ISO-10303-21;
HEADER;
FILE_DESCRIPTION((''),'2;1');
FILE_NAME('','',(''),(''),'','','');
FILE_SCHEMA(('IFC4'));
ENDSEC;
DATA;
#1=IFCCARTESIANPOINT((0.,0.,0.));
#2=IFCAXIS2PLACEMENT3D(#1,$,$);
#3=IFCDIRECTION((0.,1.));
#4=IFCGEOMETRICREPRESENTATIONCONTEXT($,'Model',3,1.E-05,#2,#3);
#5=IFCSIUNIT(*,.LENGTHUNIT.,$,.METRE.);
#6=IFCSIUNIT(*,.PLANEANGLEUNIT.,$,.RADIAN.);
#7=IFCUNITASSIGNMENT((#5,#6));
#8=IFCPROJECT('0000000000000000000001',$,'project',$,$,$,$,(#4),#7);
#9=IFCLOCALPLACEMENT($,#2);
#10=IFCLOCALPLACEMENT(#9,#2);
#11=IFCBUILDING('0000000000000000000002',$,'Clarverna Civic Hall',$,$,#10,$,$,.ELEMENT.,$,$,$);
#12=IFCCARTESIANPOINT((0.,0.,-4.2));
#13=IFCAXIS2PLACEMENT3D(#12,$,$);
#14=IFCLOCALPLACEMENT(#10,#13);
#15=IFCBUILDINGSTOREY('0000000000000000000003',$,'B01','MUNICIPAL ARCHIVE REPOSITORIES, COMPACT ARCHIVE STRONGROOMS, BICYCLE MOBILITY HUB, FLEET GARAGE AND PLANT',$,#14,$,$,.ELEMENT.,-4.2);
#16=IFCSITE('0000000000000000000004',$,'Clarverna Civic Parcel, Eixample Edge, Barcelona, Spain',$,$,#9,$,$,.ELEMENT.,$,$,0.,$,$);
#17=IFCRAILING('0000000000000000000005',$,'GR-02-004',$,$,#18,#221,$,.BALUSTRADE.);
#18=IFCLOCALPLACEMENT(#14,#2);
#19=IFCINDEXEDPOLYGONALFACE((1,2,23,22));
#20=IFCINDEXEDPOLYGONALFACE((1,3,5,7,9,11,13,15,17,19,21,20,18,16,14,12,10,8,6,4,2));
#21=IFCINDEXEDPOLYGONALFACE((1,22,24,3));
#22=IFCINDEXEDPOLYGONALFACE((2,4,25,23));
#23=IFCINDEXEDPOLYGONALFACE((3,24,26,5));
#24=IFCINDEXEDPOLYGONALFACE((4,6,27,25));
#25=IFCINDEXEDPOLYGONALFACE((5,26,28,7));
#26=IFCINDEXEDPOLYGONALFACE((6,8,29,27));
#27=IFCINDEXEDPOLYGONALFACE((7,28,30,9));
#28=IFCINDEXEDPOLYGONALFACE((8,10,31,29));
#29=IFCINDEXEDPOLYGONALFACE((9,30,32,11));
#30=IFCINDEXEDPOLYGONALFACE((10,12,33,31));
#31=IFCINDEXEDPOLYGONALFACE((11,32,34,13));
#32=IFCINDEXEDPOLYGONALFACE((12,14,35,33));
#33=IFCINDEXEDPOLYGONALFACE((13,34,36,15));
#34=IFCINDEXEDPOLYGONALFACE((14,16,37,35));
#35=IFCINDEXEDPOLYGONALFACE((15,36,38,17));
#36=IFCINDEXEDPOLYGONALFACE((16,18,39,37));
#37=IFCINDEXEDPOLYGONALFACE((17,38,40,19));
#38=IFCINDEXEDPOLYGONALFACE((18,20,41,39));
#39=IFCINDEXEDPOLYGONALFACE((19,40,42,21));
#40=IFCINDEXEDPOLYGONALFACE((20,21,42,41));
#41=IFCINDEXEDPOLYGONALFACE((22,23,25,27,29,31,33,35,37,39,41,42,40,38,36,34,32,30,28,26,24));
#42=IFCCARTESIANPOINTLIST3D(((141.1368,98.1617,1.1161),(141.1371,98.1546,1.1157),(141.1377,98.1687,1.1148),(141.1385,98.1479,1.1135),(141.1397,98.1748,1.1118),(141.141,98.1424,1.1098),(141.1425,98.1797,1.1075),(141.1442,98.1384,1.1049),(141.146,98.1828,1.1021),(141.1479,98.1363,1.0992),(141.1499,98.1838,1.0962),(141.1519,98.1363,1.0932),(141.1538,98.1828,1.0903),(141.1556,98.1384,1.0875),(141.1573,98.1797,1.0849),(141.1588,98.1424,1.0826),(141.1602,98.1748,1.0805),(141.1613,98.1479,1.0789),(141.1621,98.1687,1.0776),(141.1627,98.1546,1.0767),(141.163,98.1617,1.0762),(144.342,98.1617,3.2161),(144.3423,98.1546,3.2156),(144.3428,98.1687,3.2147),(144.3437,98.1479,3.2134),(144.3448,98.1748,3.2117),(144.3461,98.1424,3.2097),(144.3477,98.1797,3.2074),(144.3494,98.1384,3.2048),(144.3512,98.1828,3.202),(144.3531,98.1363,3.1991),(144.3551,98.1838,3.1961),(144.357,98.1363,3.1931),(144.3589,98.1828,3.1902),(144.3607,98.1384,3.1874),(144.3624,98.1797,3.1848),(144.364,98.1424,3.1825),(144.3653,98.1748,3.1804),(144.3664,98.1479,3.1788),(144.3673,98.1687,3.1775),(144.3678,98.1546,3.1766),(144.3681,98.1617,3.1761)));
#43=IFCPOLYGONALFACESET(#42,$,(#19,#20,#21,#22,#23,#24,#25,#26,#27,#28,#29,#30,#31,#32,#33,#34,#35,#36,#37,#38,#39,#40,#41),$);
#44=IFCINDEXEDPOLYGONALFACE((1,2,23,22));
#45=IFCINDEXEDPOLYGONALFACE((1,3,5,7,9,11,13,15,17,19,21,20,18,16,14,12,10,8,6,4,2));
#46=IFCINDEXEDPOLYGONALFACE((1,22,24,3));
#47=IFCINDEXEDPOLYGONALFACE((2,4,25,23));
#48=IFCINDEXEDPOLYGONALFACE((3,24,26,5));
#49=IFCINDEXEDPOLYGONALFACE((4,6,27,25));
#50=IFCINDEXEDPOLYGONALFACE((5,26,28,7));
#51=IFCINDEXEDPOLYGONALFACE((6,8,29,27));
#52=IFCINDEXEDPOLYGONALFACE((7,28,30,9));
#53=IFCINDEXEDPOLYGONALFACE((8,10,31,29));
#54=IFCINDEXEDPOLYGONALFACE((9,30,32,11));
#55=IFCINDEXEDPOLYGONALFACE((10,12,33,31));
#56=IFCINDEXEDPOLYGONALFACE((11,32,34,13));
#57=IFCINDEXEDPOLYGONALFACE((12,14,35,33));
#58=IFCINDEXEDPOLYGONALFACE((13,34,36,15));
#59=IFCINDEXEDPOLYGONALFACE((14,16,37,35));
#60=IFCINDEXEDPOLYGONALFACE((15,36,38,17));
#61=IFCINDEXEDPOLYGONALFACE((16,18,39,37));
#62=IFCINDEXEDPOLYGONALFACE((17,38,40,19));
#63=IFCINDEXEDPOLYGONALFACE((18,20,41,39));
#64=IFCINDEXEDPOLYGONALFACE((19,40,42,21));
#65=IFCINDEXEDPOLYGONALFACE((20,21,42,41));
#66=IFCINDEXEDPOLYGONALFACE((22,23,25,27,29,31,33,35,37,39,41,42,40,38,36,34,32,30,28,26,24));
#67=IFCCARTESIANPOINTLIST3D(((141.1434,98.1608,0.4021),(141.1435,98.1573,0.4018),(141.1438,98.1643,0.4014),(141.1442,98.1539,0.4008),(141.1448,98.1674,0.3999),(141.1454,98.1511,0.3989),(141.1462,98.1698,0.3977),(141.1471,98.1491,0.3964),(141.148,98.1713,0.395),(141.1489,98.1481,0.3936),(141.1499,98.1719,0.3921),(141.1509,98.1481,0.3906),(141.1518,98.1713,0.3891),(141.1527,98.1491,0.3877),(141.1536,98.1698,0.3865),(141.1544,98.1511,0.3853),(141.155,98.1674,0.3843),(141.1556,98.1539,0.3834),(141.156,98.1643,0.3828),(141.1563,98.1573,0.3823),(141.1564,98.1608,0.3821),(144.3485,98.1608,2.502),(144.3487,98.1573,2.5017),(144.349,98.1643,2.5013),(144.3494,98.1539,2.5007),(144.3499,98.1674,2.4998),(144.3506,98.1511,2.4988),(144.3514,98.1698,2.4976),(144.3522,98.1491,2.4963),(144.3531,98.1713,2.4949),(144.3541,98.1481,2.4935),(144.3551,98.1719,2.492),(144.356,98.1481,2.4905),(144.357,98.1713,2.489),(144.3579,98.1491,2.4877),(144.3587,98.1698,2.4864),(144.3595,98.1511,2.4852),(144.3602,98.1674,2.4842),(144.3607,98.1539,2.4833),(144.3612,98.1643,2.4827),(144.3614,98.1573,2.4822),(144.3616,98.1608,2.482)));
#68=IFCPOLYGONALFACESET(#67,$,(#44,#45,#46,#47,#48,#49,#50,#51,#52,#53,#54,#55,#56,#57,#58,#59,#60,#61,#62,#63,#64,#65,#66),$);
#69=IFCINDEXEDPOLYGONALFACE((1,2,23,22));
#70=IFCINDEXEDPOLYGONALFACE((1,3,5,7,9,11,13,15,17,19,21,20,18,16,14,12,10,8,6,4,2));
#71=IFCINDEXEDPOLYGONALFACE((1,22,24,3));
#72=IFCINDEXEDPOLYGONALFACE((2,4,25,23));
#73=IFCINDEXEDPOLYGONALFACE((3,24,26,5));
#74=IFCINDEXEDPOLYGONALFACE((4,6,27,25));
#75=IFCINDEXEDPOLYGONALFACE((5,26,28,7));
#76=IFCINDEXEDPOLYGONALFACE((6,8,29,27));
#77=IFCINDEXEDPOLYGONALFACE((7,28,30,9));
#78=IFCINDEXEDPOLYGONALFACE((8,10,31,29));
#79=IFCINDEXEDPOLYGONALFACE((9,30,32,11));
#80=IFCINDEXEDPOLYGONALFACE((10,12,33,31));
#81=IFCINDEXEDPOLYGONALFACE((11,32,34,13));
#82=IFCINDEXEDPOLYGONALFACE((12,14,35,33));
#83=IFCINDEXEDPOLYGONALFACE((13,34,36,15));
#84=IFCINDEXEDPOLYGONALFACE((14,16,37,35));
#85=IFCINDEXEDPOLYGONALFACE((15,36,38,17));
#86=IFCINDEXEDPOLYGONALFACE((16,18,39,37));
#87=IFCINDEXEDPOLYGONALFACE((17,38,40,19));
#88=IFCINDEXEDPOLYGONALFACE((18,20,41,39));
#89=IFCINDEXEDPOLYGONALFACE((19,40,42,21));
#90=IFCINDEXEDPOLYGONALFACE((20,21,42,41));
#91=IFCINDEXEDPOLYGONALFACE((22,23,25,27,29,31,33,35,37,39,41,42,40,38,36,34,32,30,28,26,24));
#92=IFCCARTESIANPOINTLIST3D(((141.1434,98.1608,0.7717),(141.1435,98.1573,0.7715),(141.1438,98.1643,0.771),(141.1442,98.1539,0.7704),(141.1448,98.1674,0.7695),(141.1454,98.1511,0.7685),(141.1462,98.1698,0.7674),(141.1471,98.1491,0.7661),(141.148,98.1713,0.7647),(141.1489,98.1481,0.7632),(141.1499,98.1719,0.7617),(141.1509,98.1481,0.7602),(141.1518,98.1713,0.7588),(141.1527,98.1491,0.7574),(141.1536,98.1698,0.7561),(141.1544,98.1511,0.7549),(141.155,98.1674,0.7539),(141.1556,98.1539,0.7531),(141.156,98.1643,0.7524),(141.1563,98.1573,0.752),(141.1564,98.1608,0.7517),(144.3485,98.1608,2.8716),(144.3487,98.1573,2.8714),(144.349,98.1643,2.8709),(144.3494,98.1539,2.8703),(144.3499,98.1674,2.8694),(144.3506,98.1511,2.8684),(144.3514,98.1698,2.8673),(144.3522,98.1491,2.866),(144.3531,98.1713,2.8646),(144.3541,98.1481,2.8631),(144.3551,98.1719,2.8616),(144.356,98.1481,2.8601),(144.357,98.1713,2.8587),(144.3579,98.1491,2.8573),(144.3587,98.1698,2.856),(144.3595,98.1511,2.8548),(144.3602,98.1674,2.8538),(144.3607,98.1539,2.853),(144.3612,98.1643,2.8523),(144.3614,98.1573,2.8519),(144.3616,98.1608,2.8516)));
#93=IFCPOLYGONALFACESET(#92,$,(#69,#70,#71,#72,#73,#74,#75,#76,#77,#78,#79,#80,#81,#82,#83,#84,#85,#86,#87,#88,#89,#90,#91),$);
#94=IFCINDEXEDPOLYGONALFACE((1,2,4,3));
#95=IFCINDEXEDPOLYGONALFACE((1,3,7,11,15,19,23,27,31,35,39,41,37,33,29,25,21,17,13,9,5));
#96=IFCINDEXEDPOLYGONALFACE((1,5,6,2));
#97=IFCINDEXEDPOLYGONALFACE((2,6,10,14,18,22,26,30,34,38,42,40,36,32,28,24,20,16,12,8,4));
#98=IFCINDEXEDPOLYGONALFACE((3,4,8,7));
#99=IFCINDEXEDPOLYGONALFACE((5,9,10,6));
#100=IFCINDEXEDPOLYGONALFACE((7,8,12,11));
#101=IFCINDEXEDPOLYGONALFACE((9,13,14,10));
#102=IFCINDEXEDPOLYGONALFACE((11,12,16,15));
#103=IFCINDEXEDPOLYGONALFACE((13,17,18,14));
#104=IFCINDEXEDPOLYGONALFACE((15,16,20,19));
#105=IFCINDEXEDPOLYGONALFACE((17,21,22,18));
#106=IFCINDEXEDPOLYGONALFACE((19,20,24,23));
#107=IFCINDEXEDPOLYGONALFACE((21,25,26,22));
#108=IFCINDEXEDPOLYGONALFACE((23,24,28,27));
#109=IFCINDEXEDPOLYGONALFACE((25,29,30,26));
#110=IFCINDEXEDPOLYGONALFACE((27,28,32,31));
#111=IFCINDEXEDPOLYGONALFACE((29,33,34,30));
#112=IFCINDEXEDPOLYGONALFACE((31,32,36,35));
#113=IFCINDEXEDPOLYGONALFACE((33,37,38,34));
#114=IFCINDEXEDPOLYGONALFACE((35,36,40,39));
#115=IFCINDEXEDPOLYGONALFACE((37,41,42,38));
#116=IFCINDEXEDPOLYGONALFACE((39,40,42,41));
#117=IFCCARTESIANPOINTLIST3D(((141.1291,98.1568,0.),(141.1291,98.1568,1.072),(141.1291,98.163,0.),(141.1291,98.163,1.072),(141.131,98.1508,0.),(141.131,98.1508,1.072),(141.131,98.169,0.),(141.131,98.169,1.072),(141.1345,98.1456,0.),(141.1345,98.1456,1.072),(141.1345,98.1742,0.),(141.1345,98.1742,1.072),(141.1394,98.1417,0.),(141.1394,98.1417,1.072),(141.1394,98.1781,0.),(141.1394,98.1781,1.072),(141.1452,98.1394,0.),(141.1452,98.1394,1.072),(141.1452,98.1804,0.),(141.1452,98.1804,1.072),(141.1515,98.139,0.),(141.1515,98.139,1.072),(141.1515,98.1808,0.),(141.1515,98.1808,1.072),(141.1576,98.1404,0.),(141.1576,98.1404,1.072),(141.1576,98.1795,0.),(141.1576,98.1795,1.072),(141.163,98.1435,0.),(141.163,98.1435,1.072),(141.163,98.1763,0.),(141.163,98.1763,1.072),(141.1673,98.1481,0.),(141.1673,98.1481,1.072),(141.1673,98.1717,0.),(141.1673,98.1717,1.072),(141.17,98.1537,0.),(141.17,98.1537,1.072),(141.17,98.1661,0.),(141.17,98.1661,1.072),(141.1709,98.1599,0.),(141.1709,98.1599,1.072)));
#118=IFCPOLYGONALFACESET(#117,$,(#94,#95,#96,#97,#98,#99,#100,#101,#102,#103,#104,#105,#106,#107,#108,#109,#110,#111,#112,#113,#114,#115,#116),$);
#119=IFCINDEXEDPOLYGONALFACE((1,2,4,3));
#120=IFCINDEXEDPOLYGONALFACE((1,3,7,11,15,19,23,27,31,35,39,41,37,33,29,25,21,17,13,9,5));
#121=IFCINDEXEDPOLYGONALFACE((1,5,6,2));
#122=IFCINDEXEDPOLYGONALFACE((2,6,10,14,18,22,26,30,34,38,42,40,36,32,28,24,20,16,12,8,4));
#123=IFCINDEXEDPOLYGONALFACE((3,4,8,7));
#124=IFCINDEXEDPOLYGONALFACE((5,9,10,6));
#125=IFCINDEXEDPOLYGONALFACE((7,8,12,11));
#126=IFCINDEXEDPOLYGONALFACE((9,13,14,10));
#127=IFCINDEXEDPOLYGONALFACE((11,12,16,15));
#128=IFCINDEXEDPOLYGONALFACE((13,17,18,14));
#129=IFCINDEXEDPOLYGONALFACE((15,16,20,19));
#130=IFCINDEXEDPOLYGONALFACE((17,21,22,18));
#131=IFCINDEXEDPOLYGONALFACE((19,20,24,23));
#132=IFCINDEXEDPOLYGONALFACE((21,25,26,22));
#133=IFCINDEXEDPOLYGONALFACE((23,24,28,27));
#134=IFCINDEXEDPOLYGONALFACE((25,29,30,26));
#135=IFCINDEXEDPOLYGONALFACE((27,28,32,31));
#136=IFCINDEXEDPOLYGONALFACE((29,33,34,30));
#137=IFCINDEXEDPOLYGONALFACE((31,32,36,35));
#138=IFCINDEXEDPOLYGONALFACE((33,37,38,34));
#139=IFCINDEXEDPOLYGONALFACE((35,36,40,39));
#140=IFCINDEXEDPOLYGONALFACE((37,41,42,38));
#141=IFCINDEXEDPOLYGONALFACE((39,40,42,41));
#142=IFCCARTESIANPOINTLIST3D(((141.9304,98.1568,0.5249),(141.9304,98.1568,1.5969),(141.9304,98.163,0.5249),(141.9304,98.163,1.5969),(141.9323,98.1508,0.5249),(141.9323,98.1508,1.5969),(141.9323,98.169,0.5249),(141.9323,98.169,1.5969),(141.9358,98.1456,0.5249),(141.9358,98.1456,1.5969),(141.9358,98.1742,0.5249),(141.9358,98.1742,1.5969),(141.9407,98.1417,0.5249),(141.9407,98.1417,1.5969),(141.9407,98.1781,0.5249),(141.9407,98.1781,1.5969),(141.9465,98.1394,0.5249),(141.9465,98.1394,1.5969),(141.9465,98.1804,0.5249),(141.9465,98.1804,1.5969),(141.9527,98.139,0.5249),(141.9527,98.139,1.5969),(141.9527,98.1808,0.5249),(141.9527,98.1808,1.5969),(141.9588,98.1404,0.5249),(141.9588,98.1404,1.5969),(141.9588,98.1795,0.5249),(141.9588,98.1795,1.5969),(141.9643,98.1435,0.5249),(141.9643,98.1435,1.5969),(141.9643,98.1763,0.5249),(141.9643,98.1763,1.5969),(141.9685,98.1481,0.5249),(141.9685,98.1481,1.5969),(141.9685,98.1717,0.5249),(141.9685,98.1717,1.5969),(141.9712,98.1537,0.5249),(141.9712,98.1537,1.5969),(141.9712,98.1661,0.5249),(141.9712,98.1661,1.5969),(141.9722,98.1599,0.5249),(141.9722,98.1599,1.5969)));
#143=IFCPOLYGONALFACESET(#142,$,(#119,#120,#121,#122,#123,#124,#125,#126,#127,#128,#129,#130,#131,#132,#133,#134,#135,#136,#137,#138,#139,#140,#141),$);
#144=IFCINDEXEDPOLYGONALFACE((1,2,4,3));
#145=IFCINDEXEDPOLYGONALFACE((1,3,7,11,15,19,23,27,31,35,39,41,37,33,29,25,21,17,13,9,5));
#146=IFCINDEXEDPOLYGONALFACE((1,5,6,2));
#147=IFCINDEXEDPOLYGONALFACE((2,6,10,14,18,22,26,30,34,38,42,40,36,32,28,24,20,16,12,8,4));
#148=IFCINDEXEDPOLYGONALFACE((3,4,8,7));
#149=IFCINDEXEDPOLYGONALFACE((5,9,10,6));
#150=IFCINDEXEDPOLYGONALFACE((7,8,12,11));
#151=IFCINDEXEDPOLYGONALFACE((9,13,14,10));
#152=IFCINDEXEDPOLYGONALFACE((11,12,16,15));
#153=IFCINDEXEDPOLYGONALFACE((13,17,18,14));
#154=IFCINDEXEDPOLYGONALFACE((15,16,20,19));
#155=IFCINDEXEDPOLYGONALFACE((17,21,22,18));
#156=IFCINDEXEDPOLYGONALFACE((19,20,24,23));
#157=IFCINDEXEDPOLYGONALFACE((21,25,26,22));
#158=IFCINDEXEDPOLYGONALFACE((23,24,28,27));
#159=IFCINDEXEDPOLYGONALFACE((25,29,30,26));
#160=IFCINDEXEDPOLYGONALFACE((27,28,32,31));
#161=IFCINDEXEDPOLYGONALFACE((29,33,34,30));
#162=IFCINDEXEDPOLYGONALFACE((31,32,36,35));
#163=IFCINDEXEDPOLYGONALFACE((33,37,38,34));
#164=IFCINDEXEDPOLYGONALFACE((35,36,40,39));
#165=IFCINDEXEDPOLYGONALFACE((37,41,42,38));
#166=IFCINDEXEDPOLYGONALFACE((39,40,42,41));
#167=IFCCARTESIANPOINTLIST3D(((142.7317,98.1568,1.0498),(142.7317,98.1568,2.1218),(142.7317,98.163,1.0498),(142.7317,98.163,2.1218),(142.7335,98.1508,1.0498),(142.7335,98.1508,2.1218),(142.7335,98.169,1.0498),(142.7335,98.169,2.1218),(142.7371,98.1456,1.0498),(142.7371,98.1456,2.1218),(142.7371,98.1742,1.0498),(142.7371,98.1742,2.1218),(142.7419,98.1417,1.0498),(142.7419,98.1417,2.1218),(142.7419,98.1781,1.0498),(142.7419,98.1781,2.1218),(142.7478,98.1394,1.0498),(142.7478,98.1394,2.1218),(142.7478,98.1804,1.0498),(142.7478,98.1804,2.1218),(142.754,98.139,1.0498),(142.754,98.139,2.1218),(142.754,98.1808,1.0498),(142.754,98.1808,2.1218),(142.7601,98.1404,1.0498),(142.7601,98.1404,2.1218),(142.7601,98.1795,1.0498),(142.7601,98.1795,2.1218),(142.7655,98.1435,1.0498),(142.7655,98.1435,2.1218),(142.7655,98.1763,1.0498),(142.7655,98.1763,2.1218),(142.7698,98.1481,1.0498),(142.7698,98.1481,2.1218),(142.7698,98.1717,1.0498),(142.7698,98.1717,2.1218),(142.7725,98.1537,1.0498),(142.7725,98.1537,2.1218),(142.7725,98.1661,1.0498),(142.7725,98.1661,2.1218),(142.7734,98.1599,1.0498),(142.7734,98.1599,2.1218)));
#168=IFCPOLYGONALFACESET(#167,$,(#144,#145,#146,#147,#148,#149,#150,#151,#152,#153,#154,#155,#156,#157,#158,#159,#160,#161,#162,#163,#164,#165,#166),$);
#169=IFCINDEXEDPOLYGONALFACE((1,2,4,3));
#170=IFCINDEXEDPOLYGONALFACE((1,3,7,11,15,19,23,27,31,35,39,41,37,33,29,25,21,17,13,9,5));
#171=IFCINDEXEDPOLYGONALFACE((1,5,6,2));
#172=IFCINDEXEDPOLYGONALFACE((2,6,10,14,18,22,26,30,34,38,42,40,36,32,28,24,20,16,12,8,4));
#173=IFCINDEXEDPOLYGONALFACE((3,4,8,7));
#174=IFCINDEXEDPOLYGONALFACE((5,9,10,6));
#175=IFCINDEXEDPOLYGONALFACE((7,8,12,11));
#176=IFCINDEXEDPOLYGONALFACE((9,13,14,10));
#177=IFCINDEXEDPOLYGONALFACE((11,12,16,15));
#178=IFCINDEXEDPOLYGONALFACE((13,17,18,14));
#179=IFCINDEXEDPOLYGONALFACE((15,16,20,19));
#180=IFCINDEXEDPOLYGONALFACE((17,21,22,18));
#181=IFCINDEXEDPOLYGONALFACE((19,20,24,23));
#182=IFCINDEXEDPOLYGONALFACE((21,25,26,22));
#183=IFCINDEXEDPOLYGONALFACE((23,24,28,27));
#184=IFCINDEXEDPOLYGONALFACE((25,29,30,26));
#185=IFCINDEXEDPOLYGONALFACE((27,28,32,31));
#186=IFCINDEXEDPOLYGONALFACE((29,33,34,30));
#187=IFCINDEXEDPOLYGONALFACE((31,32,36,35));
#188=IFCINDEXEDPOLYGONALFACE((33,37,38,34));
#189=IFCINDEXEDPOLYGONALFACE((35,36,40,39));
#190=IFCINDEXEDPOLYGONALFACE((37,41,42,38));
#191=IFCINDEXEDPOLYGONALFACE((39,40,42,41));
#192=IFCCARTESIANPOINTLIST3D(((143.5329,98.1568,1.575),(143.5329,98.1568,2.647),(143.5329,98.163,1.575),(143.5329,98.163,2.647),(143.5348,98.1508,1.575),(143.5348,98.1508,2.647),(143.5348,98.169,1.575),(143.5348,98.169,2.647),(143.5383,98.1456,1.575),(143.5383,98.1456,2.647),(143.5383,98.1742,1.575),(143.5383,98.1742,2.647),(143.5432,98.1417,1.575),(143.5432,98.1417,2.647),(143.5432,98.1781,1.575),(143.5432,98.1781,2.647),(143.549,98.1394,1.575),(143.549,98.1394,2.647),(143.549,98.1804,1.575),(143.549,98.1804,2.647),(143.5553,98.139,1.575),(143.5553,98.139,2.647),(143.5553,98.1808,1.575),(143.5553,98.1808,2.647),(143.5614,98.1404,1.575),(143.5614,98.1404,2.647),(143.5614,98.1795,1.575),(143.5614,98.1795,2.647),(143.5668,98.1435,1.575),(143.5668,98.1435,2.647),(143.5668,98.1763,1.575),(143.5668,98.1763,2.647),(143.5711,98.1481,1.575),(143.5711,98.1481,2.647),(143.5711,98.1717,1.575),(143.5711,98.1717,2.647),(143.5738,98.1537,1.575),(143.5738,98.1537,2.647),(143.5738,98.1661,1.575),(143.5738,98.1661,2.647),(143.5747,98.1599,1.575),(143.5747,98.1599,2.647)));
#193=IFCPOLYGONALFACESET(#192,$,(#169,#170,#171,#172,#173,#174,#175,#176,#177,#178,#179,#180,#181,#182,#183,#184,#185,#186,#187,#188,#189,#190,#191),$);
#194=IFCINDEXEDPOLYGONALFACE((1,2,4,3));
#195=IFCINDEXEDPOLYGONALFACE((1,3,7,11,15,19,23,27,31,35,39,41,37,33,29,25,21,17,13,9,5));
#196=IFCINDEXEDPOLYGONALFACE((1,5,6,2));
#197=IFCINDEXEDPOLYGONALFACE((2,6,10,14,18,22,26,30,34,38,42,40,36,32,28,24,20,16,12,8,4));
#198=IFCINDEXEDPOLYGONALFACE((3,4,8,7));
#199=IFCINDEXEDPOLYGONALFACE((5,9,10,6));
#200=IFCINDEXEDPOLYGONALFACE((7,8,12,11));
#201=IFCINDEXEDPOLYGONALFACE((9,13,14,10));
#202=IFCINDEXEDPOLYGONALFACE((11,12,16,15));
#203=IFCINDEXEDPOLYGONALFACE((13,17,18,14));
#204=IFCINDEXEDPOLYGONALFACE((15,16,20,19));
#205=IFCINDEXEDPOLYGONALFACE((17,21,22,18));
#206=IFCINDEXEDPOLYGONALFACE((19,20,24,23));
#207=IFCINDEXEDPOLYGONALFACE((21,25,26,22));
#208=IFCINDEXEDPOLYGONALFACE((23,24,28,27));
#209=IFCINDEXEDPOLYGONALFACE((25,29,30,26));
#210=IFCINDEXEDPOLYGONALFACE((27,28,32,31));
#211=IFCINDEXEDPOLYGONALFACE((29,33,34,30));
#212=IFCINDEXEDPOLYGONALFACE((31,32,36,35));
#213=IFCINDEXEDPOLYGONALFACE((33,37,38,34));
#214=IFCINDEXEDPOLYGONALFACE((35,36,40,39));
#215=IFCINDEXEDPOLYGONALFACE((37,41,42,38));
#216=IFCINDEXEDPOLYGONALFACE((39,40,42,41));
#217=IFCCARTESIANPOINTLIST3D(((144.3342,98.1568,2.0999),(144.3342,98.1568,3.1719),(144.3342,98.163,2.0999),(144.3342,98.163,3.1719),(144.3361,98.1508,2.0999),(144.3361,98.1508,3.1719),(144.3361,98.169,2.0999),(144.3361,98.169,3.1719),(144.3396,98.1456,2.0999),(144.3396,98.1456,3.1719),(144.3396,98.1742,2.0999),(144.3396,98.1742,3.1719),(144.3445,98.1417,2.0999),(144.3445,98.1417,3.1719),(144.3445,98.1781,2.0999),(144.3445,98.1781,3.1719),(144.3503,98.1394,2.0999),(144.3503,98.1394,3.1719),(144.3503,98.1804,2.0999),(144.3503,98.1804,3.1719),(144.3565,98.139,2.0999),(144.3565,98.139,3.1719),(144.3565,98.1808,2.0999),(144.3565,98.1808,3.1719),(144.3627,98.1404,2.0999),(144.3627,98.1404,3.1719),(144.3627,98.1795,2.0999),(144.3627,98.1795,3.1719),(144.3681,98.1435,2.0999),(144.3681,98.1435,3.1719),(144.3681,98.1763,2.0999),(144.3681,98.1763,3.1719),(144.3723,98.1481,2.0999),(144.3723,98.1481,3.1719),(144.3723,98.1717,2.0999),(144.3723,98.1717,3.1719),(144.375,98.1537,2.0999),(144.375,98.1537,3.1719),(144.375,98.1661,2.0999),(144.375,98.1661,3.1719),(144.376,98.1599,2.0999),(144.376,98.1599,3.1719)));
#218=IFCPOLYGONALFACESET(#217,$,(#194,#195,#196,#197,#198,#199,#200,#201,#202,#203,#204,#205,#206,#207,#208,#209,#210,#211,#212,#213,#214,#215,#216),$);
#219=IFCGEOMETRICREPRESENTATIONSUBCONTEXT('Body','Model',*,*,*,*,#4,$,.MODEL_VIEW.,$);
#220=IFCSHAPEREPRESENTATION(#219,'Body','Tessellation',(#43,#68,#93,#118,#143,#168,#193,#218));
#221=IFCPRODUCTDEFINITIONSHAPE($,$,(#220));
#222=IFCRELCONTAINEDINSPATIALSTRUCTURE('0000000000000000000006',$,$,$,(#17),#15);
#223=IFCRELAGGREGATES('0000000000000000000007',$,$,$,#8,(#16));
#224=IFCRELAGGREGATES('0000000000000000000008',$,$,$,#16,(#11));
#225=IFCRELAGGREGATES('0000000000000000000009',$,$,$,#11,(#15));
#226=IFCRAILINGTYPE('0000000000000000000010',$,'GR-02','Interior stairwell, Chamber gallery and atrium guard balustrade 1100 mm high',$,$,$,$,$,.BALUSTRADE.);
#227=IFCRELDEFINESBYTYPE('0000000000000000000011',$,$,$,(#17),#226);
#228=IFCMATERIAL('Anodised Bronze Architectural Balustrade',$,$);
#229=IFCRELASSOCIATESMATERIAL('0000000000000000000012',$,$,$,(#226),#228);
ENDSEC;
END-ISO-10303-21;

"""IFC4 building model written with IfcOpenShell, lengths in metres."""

from ifc_helpers import new_model, si_unit, direction, frame, origin, origin_2d, place, context, subcontext, project, spatial, circle, extrude, material, type_object, element, save


model = new_model("IFC4")

# Units and contexts
model_context = context("Model", 3, precision=1e-05, world=origin(), true_north=direction((0.0, 1.0)))
body_context = subcontext(model_context, "Body", "Model", "MODEL_VIEW")
ifc_project = project(units=[si_unit("LENGTHUNIT", "METRE"), si_unit("PLANEANGLEUNIT", "RADIAN")], contexts=[model_context])

# Site, building, storey
site_placement = place(None, origin())
site = spatial("IfcSite", under=ifc_project, at=site_placement, Name="Clarverna Civic Parcel, Eixample Edge, Barcelona, Spain", CompositionType="ELEMENT", RefElevation=0.0)
building_placement = place(site_placement, origin())
building = spatial("IfcBuilding", under=site, at=building_placement, Name="Clarverna Civic Hall", CompositionType="ELEMENT")
storey_placement = place(building_placement, frame((0.0, 0.0, -4.2)))
storey = spatial("IfcBuildingStorey", under=building, at=storey_placement, Name="B01", Description="MUNICIPAL ARCHIVE REPOSITORIES, COMPACT ARCHIVE STRONGROOMS, BICYCLE MOBILITY HUB, FLEET GARAGE AND PLANT", CompositionType="ELEMENT", Elevation=-4.2)

# Railing
ifc_material_1 = material(Name="Anodised Bronze Architectural Balustrade")
railing_type_1 = type_object("IfcRailingType", Name="GR-02", Description="Interior stairwell, Chamber gallery and atrium guard balustrade 1100 mm high", PredefinedType="BALUSTRADE", material=ifc_material_1)
railing_1_placement = place(storey_placement, frame((141.1499, 98.1599, 0.0)))
element("IfcRailing", 1, at=railing_1_placement, inside=storey, type_object=railing_type_1, Name="GR-02-004", PredefinedType="BALUSTRADE", context=body_context, shape_type="SweptSolid", body=[
    extrude(circle(Radius=0.0239, at=origin_2d()), frame((0.0, 0.0, 1.0962), z_axis=(0.836464, 0.0, 0.548022), x_axis=(0.0, 1.0, 0.0)), (0.0, 0.0, 1.0), 3.8318),
    extrude(circle(Radius=0.012, at=origin_2d()), frame((0.0, 0.0, 0.3921), z_axis=(0.836464, 0.0, 0.548022), x_axis=(0.0, 1.0, 0.0)), (0.0, 0.0, 1.0), 3.8318),
    extrude(circle(Radius=0.012, at=origin_2d()), frame((0.0, 0.0, 0.7617), z_axis=(0.836464, 0.0, 0.548022), x_axis=(0.0, 1.0, 0.0)), (0.0, 0.0, 1.0), 3.8318),
    extrude(circle(Radius=0.021, at=origin_2d()), origin(), (0.0, 0.0, 1.0), 1.072),
    extrude(circle(Radius=0.021, at=origin_2d()), frame((0.8013, 0.0, 0.5249)), (0.0, 0.0, 1.0), 1.072),
    extrude(circle(Radius=0.021, at=origin_2d()), frame((1.6025, 0.0, 1.0498)), (0.0, 0.0, 1.0), 1.072),
    extrude(circle(Radius=0.021, at=origin_2d()), frame((2.4038, 0.0, 1.575)), (0.0, 0.0, 1.0), 1.072),
    extrude(circle(Radius=0.021, at=origin_2d()), frame((3.2051, 0.0, 2.0999)), (0.0, 0.0, 1.0), 1.072),
])

save(model, "model.ifc")
